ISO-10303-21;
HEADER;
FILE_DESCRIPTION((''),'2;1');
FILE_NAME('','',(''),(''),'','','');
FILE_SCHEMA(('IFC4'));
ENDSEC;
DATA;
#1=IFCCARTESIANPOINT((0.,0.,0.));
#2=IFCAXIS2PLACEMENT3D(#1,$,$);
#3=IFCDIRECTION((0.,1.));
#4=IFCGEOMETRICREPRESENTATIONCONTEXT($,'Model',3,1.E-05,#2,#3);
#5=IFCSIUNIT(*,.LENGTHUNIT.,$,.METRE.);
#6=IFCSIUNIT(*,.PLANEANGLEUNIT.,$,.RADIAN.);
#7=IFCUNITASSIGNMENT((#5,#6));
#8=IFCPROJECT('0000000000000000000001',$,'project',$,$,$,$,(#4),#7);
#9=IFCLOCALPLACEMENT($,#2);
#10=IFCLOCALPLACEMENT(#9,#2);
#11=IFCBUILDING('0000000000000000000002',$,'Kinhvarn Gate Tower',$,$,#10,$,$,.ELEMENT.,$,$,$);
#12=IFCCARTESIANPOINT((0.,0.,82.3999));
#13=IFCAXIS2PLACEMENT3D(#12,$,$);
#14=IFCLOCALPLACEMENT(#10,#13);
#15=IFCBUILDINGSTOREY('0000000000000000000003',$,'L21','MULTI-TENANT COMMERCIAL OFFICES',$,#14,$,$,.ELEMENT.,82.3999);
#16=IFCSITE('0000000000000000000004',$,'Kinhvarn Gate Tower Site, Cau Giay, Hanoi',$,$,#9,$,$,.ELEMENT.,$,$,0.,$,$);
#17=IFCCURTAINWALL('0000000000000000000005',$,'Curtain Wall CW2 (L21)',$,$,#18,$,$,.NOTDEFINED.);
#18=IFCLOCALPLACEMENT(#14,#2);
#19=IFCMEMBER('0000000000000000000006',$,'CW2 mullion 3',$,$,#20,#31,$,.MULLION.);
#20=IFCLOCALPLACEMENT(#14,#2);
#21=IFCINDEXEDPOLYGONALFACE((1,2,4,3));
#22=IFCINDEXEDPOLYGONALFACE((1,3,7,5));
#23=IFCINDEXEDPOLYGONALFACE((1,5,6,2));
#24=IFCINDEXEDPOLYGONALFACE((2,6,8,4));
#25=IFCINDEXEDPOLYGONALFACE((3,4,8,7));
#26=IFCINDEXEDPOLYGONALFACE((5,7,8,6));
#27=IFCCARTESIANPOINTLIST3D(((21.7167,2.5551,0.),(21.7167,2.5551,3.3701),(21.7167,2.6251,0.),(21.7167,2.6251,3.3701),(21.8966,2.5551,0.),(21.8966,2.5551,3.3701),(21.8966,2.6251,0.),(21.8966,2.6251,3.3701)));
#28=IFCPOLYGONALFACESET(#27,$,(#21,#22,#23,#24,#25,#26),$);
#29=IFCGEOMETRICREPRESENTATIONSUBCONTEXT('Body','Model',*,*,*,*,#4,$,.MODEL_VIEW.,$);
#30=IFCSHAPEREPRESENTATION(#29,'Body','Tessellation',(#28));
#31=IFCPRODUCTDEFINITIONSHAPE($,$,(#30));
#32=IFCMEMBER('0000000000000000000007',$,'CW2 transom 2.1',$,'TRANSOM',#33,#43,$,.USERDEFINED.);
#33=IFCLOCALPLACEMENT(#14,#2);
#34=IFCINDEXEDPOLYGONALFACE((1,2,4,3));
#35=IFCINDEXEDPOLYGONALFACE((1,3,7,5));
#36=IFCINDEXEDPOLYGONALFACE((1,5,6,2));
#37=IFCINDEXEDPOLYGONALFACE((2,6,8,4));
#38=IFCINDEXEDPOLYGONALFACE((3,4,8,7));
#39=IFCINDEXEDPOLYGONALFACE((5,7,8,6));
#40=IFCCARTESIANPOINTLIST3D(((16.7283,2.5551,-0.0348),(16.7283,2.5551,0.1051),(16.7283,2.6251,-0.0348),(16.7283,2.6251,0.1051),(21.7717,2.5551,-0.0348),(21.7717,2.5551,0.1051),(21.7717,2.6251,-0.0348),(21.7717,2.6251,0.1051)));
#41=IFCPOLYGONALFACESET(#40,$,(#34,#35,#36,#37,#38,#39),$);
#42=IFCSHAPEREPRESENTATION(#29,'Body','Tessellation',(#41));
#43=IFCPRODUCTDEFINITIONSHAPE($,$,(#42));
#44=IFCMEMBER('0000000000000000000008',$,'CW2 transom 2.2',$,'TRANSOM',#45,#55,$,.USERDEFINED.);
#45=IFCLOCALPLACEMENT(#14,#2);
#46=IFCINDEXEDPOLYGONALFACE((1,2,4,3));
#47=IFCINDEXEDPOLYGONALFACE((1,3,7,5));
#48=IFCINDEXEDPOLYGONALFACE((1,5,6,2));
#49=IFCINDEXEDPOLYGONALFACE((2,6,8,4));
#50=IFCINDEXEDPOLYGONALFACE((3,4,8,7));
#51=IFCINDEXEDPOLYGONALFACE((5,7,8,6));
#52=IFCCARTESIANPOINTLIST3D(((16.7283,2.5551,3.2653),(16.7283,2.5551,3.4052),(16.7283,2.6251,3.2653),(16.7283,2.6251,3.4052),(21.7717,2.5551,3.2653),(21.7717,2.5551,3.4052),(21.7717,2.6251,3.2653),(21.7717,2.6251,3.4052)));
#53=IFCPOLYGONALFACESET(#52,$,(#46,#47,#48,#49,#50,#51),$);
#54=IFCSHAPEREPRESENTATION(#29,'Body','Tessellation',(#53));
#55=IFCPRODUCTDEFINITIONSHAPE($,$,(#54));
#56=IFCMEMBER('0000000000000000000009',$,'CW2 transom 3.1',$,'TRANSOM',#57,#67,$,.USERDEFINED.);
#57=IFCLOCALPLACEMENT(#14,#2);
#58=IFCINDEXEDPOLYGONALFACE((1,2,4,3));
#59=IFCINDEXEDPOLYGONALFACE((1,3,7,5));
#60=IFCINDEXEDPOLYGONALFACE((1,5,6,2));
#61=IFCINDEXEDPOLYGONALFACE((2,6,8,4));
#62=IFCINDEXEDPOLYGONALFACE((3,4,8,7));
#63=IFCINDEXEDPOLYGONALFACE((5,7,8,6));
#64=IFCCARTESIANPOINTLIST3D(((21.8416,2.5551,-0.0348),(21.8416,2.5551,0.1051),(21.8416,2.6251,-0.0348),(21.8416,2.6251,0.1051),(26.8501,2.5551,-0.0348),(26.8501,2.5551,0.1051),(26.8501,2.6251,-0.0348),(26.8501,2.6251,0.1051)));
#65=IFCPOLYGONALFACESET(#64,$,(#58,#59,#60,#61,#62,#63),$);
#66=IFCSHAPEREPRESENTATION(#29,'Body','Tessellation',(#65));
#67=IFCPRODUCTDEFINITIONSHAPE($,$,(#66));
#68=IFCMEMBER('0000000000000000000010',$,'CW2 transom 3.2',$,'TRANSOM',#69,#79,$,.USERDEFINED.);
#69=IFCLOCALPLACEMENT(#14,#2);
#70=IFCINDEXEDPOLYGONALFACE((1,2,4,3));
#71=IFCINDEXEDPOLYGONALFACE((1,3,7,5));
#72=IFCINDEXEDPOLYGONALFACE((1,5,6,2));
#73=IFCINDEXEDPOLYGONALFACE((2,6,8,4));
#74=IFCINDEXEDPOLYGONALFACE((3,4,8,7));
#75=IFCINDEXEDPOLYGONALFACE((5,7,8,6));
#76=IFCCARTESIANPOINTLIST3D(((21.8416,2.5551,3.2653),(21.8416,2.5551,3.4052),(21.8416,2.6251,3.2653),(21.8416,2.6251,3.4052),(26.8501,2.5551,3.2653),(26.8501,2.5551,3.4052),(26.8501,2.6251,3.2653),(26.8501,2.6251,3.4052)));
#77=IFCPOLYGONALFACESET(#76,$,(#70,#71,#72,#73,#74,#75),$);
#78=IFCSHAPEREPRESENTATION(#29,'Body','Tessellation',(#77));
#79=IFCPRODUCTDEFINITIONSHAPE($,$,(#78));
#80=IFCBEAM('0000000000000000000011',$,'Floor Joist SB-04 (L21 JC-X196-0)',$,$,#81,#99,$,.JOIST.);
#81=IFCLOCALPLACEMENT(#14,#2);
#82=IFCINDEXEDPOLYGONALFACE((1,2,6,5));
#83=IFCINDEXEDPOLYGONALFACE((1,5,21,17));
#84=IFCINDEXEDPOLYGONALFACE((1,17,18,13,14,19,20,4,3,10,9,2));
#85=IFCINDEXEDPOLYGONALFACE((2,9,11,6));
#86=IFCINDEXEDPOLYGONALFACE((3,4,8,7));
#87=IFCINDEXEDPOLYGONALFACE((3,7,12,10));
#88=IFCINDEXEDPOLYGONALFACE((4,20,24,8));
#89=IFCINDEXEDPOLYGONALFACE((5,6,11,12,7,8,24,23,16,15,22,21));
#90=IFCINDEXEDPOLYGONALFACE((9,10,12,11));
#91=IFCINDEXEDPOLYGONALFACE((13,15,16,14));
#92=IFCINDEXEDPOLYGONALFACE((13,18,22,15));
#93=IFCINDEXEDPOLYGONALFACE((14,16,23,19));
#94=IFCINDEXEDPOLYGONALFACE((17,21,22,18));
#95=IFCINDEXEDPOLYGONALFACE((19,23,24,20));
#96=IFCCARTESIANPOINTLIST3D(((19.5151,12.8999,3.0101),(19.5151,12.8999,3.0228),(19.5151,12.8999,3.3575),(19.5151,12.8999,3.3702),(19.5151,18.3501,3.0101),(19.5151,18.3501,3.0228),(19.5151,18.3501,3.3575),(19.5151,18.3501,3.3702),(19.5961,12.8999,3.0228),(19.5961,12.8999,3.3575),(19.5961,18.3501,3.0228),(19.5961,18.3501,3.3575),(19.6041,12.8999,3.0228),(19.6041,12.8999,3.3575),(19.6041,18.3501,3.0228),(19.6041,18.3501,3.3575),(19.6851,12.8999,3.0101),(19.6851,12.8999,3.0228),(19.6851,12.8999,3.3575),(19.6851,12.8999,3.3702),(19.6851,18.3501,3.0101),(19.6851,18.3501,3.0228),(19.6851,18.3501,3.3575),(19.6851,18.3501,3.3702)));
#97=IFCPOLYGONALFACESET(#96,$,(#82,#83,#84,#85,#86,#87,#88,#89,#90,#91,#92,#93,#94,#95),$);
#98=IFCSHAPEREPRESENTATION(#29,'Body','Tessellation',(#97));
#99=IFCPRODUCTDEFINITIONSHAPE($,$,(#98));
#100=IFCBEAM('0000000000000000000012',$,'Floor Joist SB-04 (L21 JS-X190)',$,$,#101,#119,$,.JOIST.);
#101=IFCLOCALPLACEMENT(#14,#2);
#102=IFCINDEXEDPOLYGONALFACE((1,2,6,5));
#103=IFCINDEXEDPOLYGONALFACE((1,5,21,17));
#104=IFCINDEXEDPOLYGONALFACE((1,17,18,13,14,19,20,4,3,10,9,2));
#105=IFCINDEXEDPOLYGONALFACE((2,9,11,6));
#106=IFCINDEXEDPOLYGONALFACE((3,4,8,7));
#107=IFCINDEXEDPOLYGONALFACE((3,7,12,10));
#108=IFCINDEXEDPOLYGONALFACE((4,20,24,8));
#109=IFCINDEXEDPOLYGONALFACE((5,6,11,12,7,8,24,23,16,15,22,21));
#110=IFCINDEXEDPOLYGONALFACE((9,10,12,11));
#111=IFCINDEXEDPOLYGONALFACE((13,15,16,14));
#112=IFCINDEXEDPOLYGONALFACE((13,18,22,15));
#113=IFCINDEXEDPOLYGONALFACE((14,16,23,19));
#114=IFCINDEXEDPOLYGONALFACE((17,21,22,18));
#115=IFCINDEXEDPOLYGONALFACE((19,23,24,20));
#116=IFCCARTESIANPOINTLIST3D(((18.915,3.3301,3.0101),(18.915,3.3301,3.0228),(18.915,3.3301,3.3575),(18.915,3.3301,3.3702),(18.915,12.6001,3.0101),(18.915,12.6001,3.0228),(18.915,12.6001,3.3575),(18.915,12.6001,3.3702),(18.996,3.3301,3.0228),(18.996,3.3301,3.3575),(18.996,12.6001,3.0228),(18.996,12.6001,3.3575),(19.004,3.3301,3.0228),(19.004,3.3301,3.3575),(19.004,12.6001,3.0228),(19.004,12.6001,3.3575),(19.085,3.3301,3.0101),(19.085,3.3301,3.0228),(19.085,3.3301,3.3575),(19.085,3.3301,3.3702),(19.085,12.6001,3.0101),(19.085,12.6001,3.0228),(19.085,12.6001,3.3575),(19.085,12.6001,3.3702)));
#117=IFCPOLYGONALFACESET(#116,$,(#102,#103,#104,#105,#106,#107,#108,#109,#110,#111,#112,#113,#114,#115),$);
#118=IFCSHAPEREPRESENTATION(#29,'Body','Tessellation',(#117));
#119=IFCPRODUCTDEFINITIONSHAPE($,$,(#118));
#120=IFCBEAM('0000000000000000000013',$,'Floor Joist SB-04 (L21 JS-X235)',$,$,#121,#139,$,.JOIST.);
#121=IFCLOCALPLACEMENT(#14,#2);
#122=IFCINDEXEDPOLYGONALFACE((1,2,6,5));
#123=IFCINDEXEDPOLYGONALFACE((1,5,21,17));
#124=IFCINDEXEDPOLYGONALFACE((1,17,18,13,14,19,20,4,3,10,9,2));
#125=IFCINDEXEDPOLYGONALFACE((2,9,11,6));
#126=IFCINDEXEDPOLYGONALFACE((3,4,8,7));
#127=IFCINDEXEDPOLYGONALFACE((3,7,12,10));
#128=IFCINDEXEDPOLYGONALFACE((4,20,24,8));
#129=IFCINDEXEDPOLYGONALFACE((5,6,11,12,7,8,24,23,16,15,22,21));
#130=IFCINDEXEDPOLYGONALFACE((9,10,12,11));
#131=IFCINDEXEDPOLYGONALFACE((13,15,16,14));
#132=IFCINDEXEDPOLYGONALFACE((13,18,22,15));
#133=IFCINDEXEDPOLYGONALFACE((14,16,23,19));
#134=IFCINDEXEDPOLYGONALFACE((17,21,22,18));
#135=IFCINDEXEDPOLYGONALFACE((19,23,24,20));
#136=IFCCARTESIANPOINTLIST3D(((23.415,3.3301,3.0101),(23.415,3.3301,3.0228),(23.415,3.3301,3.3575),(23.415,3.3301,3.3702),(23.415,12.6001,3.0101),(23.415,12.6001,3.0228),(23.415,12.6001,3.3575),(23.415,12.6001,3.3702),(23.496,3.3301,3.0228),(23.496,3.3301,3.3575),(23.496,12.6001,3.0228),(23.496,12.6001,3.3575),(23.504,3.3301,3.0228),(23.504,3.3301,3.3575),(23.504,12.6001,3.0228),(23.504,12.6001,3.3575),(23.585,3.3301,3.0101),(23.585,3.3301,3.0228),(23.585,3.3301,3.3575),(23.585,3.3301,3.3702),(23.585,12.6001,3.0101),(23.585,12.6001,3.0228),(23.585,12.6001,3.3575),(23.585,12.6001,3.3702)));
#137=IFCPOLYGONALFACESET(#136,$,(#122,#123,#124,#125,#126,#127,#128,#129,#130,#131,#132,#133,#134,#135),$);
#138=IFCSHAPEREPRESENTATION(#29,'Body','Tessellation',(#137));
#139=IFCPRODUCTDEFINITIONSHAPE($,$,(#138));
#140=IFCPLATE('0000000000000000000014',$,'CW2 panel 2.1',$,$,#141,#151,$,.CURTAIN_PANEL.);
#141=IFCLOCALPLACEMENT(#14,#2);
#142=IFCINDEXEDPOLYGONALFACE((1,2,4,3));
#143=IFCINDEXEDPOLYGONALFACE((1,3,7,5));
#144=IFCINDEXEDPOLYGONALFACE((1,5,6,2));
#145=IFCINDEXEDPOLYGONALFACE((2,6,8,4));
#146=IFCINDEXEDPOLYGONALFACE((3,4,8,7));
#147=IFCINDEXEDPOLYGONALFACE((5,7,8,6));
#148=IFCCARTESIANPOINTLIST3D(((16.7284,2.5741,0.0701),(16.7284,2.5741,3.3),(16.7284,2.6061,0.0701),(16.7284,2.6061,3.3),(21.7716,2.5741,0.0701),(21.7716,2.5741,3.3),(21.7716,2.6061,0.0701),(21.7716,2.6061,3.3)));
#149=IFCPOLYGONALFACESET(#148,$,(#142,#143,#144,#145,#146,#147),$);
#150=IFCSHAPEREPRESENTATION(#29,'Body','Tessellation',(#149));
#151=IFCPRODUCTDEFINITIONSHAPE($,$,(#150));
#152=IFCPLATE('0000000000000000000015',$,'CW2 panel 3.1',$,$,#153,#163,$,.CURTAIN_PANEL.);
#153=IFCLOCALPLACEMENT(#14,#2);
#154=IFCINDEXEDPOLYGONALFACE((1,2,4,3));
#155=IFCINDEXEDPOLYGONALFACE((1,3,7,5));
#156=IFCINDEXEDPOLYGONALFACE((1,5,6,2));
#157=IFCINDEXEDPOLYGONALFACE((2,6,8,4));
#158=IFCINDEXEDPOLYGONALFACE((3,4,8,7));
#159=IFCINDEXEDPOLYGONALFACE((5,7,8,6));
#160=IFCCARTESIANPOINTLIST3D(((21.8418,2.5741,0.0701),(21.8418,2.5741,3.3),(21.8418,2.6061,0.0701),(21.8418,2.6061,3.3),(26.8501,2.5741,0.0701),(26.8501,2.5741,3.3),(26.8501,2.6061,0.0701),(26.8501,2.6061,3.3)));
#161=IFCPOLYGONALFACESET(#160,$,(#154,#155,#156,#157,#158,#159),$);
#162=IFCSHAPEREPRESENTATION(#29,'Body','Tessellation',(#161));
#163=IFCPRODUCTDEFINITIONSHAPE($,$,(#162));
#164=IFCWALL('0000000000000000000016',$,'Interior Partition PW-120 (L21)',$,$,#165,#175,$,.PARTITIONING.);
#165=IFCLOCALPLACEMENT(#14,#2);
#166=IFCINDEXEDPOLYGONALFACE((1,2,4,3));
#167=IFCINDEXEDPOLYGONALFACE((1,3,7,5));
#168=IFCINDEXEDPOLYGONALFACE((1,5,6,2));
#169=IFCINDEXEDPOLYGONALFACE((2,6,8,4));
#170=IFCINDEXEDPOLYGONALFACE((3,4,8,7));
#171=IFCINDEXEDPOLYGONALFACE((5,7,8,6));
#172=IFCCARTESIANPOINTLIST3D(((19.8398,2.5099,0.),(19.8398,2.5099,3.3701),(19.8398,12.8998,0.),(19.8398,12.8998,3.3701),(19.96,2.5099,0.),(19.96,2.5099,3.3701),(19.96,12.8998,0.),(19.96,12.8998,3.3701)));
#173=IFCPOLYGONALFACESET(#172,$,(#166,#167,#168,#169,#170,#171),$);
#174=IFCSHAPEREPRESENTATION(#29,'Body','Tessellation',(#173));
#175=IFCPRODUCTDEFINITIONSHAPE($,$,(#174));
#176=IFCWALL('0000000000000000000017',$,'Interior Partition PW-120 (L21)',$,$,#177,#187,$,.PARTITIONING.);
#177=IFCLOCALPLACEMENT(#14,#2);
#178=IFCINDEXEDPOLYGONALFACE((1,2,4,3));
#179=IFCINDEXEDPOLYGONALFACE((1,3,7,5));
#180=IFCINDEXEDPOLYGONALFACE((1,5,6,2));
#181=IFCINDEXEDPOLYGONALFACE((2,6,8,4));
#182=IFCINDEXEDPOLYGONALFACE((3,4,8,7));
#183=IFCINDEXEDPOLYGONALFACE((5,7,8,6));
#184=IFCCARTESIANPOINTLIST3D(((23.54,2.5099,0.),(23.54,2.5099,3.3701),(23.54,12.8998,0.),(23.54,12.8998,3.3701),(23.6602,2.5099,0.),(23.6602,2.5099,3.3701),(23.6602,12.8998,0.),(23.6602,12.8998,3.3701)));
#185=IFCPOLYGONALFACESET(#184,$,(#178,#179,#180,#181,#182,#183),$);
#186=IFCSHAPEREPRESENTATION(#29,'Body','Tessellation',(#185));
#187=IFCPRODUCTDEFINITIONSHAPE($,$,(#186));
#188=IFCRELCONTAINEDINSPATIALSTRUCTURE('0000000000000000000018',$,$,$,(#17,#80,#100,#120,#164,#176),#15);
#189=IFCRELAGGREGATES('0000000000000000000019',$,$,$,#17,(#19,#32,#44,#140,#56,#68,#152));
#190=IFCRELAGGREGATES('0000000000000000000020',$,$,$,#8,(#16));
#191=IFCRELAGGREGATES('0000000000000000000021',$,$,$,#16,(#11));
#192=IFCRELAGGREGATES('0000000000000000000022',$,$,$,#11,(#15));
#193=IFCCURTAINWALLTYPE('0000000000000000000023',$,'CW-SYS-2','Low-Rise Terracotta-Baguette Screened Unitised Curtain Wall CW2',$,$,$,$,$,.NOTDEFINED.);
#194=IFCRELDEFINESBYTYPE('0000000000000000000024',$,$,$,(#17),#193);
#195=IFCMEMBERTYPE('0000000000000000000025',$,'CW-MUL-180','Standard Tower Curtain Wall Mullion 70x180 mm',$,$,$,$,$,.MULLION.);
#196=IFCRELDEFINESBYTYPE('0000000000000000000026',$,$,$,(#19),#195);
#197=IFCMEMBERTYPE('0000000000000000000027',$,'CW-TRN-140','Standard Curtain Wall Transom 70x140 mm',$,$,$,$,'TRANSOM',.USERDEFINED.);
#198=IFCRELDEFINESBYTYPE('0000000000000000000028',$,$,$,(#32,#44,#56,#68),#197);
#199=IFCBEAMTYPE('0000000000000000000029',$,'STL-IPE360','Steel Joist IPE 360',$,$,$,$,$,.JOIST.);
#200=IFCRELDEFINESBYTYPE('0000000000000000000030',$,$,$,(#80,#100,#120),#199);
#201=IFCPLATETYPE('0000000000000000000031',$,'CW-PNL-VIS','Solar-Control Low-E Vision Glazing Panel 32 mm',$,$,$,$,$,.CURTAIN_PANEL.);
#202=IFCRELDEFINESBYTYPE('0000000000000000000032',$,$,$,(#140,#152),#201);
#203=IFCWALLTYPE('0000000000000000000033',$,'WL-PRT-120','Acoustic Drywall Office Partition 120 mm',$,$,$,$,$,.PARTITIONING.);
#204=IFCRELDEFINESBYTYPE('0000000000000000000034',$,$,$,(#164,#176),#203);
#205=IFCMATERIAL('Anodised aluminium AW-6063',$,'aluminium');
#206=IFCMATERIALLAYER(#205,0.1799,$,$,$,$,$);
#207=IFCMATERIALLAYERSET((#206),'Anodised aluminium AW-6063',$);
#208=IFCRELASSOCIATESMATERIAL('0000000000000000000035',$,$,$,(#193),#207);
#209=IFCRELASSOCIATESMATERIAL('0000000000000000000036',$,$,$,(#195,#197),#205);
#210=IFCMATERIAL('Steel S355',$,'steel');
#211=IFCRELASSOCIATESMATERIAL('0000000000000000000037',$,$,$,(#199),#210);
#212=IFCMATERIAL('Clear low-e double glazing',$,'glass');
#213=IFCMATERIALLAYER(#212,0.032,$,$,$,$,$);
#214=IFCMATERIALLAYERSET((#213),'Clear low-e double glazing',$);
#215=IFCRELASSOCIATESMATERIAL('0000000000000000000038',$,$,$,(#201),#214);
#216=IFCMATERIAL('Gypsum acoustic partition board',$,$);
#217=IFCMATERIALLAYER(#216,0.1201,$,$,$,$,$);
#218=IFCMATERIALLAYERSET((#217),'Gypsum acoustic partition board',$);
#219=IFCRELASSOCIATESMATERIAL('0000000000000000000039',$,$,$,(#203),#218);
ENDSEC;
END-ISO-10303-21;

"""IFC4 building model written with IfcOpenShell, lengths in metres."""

from ifc_helpers import new_model, si_unit, direction, frame, frame_2d, origin, origin_2d, place, context, subcontext, project, spatial, rectangle, i_section, extrude, material, layer, layer_set, material_profile, profile_set, type_object, element, aggregate, save


model = new_model("IFC4")

# Units and contexts
model_context = context("Model", 3, precision=1e-05, world=origin(), true_north=direction((0.0, 1.0)))
body_context = subcontext(model_context, "Body", "Model", "MODEL_VIEW")
ifc_project = project(units=[si_unit("LENGTHUNIT", "METRE"), si_unit("PLANEANGLEUNIT", "RADIAN")], contexts=[model_context])

# Site, building, storey
site_placement = place(None, origin())
site = spatial("IfcSite", under=ifc_project, at=site_placement, Name="Kinhvarn Gate Tower Site, Cau Giay, Hanoi", CompositionType="ELEMENT", RefElevation=0.0)
building_placement = place(site_placement, origin())
building = spatial("IfcBuilding", under=site, at=building_placement, Name="Kinhvarn Gate Tower", CompositionType="ELEMENT")
storey_placement = place(building_placement, frame((0.0, 0.0, 82.3999)))
storey = spatial("IfcBuildingStorey", under=building, at=storey_placement, Name="L21", Description="MULTI-TENANT COMMERCIAL OFFICES", CompositionType="ELEMENT", Elevation=82.3999)

# Curtain wall, members
ifc_material_1 = material(Name="Anodised aluminium AW-6063", Category="aluminium")
ifc_layer_1 = layer(ifc_material_1, 0.1799)
ifc_layer_set_1 = layer_set([ifc_layer_1], Name="Anodised aluminium AW-6063")
curtain_wall_type = type_object("IfcCurtainWallType", Name="CW-SYS-2", Description="Low-Rise Terracotta-Baguette Screened Unitised Curtain Wall CW2", PredefinedType="NOTDEFINED", material=ifc_layer_set_1)
curtain_wall_placement = place(storey_placement, origin())
curtain_wall = element("IfcCurtainWall", 1, at=curtain_wall_placement, inside=storey, type_object=curtain_wall_type, Name="Curtain Wall CW2 (L21)", PredefinedType="NOTDEFINED")
ifc_material_profile_1 = material_profile(ifc_material_1, rectangle(XDim=0.0701, YDim=0.1799, at=origin_2d()), Name="ALU 70x180")
ifc_profile_set_1 = profile_set([ifc_material_profile_1], Name="Anodised aluminium AW-6063")
member_type_1 = type_object("IfcMemberType", Name="CW-MUL-180", Description="Standard Tower Curtain Wall Mullion 70x180 mm", PredefinedType="MULLION", material=ifc_profile_set_1)
member_1_placement = place(storey_placement, frame((21.8066, 2.5901, 0.0), z_axis=(0.0, 0.0, 1.0), x_axis=(0.0, 1.0, 0.0)))
member_1 = element("IfcMember", 2, at=member_1_placement, type_object=member_type_1, Name="CW2 mullion 3", PredefinedType="MULLION", context=body_context, shape_type="SweptSolid", body=[
    extrude(rectangle(XDim=0.0701, YDim=0.1799, at=origin_2d()), origin(), (0.0, 0.0, 1.0), 3.3701),
])
ifc_material_profile_2 = material_profile(ifc_material_1, rectangle(XDim=0.0701, YDim=0.1399, at=origin_2d()), Name="ALU 70x140")
ifc_profile_set_2 = profile_set([ifc_material_profile_2], Name="Anodised aluminium AW-6063")
member_type_2 = type_object("IfcMemberType", Name="CW-TRN-140", Description="Standard Curtain Wall Transom 70x140 mm", ElementType="TRANSOM", PredefinedType="USERDEFINED", material=ifc_profile_set_2)
member_2_placement = place(storey_placement, frame((16.7283, 2.5901, 0.0352), z_axis=(1.0, 0.0, 0.0), x_axis=(0.0, 1.0, 0.0)))
member_2 = element("IfcMember", 3, at=member_2_placement, type_object=member_type_2, Name="CW2 transom 2.1", ObjectType="TRANSOM", PredefinedType="USERDEFINED", context=body_context, shape_type="SweptSolid", body=[
    extrude(rectangle(XDim=0.0701, YDim=0.1399, at=origin_2d()), origin(), (0.0, 0.0, 1.0), 5.0435),
])
member_3_placement = place(storey_placement, frame((16.7283, 2.5901, 3.3352), z_axis=(1.0, 0.0, 0.0), x_axis=(0.0, 1.0, 0.0)))
member_3 = element("IfcMember", 4, at=member_3_placement, type_object=member_type_2, Name="CW2 transom 2.2", ObjectType="TRANSOM", PredefinedType="USERDEFINED", context=body_context, shape_type="SweptSolid", body=[
    extrude(rectangle(XDim=0.0701, YDim=0.1399, at=origin_2d()), origin(), (0.0, 0.0, 1.0), 5.0435),
])
member_4_placement = place(storey_placement, frame((21.8416, 2.5901, 0.0352), z_axis=(1.0, 0.0, 0.0), x_axis=(0.0, 1.0, 0.0)))
member_4 = element("IfcMember", 5, at=member_4_placement, type_object=member_type_2, Name="CW2 transom 3.1", ObjectType="TRANSOM", PredefinedType="USERDEFINED", context=body_context, shape_type="SweptSolid", body=[
    extrude(rectangle(XDim=0.0701, YDim=0.1399, at=origin_2d()), origin(), (0.0, 0.0, 1.0), 5.0085),
])
member_5_placement = place(storey_placement, frame((21.8416, 2.5901, 3.3352), z_axis=(1.0, 0.0, 0.0), x_axis=(0.0, 1.0, 0.0)))
member_5 = element("IfcMember", 6, at=member_5_placement, type_object=member_type_2, Name="CW2 transom 3.2", ObjectType="TRANSOM", PredefinedType="USERDEFINED", context=body_context, shape_type="SweptSolid", body=[
    extrude(rectangle(XDim=0.0701, YDim=0.1399, at=origin_2d()), origin(), (0.0, 0.0, 1.0), 5.0085),
])

# Beams
ifc_material_2 = material(Name="Steel S355", Category="steel")
ifc_material_profile_3 = material_profile(ifc_material_2, i_section(OverallWidth=0.1699, OverallDepth=0.3601, WebThickness=0.0081, FlangeThickness=0.0127, at=origin_2d()), Name="IPE 360")
ifc_profile_set_3 = profile_set([ifc_material_profile_3], Name="Steel S355")
beam_type = type_object("IfcBeamType", Name="STL-IPE360", Description="Steel Joist IPE 360", PredefinedType="JOIST", material=ifc_profile_set_3)
beam_placement = place(storey_placement, frame((19.6001, 12.8999, 3.1902), z_axis=(0.0, 1.0, 0.0), x_axis=(-1.0, 0.0, 0.0)))
element("IfcBeam", 7, at=beam_placement, inside=storey, type_object=beam_type, Name="Floor Joist SB-04 (L21 JC-X196-0)", PredefinedType="JOIST", context=body_context, shape_type="SweptSolid", body=[
    extrude(i_section(OverallWidth=0.1699, OverallDepth=0.3601, WebThickness=0.0081, FlangeThickness=0.0127, at=origin_2d()), origin(), (0.0, 0.0, 1.0), 5.4502),
])
for number, where, z_axis, x_axis, name in (
    (8, (19.0, 3.3301, 3.1902), (0.0, 1.0, 0.0), (-1.0, 0.0, 0.0), "Floor Joist SB-04 (L21 JS-X190)"),
    (9, (23.5, 3.3301, 3.1902), (0.0, 1.0, 0.0), (-1.0, 0.0, 0.0), "Floor Joist SB-04 (L21 JS-X235)"),
):
    element("IfcBeam", number, at=place(storey_placement, frame(where, z_axis=z_axis, x_axis=x_axis)), inside=storey, type_object=beam_type, Name=name, PredefinedType="JOIST", context=body_context, shape_type="SweptSolid", body=[
        extrude(i_section(OverallWidth=0.1699, OverallDepth=0.3601, WebThickness=0.0081, FlangeThickness=0.0127, at=origin_2d()), origin(), (0.0, 0.0, 1.0), 9.27),
    ])

# Plates
ifc_material_3 = material(Name="Clear low-e double glazing", Category="glass")
ifc_layer_2 = layer(ifc_material_3, 0.032)
ifc_layer_set_2 = layer_set([ifc_layer_2], Name="Clear low-e double glazing")
plate_type = type_object("IfcPlateType", Name="CW-PNL-VIS", Description="Solar-Control Low-E Vision Glazing Panel 32 mm", PredefinedType="CURTAIN_PANEL", material=ifc_layer_set_2)
plate_1_placement = place(storey_placement, frame((19.25, 2.5901, 0.0701), z_axis=(0.0, 0.0, 1.0), x_axis=(1.0, 0.0, 0.0)))
plate_1 = element("IfcPlate", 10, at=plate_1_placement, type_object=plate_type, Name="CW2 panel 2.1", PredefinedType="CURTAIN_PANEL", context=body_context, shape_type="SweptSolid", body=[
    extrude(rectangle(XDim=5.0432, YDim=0.032, at=origin_2d()), origin(), (0.0, 0.0, 1.0), 3.23),
])
plate_2_placement = place(storey_placement, frame((24.3459, 2.5901, 0.0701), z_axis=(0.0, 0.0, 1.0), x_axis=(1.0, 0.0, 0.0)))
plate_2 = element("IfcPlate", 11, at=plate_2_placement, type_object=plate_type, Name="CW2 panel 3.1", PredefinedType="CURTAIN_PANEL", context=body_context, shape_type="SweptSolid", body=[
    extrude(rectangle(XDim=5.0083, YDim=0.032, at=origin_2d()), origin(), (0.0, 0.0, 1.0), 3.23),
])
aggregate(curtain_wall, [member_1, member_2, member_3, plate_1, member_4, member_5, plate_2])

# Walls
ifc_material_4 = material(Name="Gypsum acoustic partition board")
ifc_layer_3 = layer(ifc_material_4, 0.1201)
ifc_layer_set_3 = layer_set([ifc_layer_3], Name="Gypsum acoustic partition board")
wall_type_1 = type_object("IfcWallType", Name="WL-PRT-120", Description="Acoustic Drywall Office Partition 120 mm", PredefinedType="PARTITIONING", material=ifc_layer_set_3)
for number, where, z_axis, x_axis, name in (
    (12, (19.8999, 2.51, 0.0), (0.0, 0.0, 1.0), (0.0, 1.0, 0.0), "Interior Partition PW-120 (L21)"),
    (13, (23.6001, 2.51, 0.0), (0.0, 0.0, 1.0), (0.0, 1.0, 0.0), "Interior Partition PW-120 (L21)"),
):
    element("IfcWall", number, at=place(storey_placement, frame(where, z_axis=z_axis, x_axis=x_axis)), inside=storey, type_object=wall_type_1, Name=name, PredefinedType="PARTITIONING", context=body_context, shape_type="SweptSolid", body=[
        extrude(rectangle(XDim=10.3899, YDim=0.1201, at=frame_2d((5.1948, 0.0))), origin(), (0.0, 0.0, 1.0), 3.3701),
    ])

save(model, "model.ifc")
